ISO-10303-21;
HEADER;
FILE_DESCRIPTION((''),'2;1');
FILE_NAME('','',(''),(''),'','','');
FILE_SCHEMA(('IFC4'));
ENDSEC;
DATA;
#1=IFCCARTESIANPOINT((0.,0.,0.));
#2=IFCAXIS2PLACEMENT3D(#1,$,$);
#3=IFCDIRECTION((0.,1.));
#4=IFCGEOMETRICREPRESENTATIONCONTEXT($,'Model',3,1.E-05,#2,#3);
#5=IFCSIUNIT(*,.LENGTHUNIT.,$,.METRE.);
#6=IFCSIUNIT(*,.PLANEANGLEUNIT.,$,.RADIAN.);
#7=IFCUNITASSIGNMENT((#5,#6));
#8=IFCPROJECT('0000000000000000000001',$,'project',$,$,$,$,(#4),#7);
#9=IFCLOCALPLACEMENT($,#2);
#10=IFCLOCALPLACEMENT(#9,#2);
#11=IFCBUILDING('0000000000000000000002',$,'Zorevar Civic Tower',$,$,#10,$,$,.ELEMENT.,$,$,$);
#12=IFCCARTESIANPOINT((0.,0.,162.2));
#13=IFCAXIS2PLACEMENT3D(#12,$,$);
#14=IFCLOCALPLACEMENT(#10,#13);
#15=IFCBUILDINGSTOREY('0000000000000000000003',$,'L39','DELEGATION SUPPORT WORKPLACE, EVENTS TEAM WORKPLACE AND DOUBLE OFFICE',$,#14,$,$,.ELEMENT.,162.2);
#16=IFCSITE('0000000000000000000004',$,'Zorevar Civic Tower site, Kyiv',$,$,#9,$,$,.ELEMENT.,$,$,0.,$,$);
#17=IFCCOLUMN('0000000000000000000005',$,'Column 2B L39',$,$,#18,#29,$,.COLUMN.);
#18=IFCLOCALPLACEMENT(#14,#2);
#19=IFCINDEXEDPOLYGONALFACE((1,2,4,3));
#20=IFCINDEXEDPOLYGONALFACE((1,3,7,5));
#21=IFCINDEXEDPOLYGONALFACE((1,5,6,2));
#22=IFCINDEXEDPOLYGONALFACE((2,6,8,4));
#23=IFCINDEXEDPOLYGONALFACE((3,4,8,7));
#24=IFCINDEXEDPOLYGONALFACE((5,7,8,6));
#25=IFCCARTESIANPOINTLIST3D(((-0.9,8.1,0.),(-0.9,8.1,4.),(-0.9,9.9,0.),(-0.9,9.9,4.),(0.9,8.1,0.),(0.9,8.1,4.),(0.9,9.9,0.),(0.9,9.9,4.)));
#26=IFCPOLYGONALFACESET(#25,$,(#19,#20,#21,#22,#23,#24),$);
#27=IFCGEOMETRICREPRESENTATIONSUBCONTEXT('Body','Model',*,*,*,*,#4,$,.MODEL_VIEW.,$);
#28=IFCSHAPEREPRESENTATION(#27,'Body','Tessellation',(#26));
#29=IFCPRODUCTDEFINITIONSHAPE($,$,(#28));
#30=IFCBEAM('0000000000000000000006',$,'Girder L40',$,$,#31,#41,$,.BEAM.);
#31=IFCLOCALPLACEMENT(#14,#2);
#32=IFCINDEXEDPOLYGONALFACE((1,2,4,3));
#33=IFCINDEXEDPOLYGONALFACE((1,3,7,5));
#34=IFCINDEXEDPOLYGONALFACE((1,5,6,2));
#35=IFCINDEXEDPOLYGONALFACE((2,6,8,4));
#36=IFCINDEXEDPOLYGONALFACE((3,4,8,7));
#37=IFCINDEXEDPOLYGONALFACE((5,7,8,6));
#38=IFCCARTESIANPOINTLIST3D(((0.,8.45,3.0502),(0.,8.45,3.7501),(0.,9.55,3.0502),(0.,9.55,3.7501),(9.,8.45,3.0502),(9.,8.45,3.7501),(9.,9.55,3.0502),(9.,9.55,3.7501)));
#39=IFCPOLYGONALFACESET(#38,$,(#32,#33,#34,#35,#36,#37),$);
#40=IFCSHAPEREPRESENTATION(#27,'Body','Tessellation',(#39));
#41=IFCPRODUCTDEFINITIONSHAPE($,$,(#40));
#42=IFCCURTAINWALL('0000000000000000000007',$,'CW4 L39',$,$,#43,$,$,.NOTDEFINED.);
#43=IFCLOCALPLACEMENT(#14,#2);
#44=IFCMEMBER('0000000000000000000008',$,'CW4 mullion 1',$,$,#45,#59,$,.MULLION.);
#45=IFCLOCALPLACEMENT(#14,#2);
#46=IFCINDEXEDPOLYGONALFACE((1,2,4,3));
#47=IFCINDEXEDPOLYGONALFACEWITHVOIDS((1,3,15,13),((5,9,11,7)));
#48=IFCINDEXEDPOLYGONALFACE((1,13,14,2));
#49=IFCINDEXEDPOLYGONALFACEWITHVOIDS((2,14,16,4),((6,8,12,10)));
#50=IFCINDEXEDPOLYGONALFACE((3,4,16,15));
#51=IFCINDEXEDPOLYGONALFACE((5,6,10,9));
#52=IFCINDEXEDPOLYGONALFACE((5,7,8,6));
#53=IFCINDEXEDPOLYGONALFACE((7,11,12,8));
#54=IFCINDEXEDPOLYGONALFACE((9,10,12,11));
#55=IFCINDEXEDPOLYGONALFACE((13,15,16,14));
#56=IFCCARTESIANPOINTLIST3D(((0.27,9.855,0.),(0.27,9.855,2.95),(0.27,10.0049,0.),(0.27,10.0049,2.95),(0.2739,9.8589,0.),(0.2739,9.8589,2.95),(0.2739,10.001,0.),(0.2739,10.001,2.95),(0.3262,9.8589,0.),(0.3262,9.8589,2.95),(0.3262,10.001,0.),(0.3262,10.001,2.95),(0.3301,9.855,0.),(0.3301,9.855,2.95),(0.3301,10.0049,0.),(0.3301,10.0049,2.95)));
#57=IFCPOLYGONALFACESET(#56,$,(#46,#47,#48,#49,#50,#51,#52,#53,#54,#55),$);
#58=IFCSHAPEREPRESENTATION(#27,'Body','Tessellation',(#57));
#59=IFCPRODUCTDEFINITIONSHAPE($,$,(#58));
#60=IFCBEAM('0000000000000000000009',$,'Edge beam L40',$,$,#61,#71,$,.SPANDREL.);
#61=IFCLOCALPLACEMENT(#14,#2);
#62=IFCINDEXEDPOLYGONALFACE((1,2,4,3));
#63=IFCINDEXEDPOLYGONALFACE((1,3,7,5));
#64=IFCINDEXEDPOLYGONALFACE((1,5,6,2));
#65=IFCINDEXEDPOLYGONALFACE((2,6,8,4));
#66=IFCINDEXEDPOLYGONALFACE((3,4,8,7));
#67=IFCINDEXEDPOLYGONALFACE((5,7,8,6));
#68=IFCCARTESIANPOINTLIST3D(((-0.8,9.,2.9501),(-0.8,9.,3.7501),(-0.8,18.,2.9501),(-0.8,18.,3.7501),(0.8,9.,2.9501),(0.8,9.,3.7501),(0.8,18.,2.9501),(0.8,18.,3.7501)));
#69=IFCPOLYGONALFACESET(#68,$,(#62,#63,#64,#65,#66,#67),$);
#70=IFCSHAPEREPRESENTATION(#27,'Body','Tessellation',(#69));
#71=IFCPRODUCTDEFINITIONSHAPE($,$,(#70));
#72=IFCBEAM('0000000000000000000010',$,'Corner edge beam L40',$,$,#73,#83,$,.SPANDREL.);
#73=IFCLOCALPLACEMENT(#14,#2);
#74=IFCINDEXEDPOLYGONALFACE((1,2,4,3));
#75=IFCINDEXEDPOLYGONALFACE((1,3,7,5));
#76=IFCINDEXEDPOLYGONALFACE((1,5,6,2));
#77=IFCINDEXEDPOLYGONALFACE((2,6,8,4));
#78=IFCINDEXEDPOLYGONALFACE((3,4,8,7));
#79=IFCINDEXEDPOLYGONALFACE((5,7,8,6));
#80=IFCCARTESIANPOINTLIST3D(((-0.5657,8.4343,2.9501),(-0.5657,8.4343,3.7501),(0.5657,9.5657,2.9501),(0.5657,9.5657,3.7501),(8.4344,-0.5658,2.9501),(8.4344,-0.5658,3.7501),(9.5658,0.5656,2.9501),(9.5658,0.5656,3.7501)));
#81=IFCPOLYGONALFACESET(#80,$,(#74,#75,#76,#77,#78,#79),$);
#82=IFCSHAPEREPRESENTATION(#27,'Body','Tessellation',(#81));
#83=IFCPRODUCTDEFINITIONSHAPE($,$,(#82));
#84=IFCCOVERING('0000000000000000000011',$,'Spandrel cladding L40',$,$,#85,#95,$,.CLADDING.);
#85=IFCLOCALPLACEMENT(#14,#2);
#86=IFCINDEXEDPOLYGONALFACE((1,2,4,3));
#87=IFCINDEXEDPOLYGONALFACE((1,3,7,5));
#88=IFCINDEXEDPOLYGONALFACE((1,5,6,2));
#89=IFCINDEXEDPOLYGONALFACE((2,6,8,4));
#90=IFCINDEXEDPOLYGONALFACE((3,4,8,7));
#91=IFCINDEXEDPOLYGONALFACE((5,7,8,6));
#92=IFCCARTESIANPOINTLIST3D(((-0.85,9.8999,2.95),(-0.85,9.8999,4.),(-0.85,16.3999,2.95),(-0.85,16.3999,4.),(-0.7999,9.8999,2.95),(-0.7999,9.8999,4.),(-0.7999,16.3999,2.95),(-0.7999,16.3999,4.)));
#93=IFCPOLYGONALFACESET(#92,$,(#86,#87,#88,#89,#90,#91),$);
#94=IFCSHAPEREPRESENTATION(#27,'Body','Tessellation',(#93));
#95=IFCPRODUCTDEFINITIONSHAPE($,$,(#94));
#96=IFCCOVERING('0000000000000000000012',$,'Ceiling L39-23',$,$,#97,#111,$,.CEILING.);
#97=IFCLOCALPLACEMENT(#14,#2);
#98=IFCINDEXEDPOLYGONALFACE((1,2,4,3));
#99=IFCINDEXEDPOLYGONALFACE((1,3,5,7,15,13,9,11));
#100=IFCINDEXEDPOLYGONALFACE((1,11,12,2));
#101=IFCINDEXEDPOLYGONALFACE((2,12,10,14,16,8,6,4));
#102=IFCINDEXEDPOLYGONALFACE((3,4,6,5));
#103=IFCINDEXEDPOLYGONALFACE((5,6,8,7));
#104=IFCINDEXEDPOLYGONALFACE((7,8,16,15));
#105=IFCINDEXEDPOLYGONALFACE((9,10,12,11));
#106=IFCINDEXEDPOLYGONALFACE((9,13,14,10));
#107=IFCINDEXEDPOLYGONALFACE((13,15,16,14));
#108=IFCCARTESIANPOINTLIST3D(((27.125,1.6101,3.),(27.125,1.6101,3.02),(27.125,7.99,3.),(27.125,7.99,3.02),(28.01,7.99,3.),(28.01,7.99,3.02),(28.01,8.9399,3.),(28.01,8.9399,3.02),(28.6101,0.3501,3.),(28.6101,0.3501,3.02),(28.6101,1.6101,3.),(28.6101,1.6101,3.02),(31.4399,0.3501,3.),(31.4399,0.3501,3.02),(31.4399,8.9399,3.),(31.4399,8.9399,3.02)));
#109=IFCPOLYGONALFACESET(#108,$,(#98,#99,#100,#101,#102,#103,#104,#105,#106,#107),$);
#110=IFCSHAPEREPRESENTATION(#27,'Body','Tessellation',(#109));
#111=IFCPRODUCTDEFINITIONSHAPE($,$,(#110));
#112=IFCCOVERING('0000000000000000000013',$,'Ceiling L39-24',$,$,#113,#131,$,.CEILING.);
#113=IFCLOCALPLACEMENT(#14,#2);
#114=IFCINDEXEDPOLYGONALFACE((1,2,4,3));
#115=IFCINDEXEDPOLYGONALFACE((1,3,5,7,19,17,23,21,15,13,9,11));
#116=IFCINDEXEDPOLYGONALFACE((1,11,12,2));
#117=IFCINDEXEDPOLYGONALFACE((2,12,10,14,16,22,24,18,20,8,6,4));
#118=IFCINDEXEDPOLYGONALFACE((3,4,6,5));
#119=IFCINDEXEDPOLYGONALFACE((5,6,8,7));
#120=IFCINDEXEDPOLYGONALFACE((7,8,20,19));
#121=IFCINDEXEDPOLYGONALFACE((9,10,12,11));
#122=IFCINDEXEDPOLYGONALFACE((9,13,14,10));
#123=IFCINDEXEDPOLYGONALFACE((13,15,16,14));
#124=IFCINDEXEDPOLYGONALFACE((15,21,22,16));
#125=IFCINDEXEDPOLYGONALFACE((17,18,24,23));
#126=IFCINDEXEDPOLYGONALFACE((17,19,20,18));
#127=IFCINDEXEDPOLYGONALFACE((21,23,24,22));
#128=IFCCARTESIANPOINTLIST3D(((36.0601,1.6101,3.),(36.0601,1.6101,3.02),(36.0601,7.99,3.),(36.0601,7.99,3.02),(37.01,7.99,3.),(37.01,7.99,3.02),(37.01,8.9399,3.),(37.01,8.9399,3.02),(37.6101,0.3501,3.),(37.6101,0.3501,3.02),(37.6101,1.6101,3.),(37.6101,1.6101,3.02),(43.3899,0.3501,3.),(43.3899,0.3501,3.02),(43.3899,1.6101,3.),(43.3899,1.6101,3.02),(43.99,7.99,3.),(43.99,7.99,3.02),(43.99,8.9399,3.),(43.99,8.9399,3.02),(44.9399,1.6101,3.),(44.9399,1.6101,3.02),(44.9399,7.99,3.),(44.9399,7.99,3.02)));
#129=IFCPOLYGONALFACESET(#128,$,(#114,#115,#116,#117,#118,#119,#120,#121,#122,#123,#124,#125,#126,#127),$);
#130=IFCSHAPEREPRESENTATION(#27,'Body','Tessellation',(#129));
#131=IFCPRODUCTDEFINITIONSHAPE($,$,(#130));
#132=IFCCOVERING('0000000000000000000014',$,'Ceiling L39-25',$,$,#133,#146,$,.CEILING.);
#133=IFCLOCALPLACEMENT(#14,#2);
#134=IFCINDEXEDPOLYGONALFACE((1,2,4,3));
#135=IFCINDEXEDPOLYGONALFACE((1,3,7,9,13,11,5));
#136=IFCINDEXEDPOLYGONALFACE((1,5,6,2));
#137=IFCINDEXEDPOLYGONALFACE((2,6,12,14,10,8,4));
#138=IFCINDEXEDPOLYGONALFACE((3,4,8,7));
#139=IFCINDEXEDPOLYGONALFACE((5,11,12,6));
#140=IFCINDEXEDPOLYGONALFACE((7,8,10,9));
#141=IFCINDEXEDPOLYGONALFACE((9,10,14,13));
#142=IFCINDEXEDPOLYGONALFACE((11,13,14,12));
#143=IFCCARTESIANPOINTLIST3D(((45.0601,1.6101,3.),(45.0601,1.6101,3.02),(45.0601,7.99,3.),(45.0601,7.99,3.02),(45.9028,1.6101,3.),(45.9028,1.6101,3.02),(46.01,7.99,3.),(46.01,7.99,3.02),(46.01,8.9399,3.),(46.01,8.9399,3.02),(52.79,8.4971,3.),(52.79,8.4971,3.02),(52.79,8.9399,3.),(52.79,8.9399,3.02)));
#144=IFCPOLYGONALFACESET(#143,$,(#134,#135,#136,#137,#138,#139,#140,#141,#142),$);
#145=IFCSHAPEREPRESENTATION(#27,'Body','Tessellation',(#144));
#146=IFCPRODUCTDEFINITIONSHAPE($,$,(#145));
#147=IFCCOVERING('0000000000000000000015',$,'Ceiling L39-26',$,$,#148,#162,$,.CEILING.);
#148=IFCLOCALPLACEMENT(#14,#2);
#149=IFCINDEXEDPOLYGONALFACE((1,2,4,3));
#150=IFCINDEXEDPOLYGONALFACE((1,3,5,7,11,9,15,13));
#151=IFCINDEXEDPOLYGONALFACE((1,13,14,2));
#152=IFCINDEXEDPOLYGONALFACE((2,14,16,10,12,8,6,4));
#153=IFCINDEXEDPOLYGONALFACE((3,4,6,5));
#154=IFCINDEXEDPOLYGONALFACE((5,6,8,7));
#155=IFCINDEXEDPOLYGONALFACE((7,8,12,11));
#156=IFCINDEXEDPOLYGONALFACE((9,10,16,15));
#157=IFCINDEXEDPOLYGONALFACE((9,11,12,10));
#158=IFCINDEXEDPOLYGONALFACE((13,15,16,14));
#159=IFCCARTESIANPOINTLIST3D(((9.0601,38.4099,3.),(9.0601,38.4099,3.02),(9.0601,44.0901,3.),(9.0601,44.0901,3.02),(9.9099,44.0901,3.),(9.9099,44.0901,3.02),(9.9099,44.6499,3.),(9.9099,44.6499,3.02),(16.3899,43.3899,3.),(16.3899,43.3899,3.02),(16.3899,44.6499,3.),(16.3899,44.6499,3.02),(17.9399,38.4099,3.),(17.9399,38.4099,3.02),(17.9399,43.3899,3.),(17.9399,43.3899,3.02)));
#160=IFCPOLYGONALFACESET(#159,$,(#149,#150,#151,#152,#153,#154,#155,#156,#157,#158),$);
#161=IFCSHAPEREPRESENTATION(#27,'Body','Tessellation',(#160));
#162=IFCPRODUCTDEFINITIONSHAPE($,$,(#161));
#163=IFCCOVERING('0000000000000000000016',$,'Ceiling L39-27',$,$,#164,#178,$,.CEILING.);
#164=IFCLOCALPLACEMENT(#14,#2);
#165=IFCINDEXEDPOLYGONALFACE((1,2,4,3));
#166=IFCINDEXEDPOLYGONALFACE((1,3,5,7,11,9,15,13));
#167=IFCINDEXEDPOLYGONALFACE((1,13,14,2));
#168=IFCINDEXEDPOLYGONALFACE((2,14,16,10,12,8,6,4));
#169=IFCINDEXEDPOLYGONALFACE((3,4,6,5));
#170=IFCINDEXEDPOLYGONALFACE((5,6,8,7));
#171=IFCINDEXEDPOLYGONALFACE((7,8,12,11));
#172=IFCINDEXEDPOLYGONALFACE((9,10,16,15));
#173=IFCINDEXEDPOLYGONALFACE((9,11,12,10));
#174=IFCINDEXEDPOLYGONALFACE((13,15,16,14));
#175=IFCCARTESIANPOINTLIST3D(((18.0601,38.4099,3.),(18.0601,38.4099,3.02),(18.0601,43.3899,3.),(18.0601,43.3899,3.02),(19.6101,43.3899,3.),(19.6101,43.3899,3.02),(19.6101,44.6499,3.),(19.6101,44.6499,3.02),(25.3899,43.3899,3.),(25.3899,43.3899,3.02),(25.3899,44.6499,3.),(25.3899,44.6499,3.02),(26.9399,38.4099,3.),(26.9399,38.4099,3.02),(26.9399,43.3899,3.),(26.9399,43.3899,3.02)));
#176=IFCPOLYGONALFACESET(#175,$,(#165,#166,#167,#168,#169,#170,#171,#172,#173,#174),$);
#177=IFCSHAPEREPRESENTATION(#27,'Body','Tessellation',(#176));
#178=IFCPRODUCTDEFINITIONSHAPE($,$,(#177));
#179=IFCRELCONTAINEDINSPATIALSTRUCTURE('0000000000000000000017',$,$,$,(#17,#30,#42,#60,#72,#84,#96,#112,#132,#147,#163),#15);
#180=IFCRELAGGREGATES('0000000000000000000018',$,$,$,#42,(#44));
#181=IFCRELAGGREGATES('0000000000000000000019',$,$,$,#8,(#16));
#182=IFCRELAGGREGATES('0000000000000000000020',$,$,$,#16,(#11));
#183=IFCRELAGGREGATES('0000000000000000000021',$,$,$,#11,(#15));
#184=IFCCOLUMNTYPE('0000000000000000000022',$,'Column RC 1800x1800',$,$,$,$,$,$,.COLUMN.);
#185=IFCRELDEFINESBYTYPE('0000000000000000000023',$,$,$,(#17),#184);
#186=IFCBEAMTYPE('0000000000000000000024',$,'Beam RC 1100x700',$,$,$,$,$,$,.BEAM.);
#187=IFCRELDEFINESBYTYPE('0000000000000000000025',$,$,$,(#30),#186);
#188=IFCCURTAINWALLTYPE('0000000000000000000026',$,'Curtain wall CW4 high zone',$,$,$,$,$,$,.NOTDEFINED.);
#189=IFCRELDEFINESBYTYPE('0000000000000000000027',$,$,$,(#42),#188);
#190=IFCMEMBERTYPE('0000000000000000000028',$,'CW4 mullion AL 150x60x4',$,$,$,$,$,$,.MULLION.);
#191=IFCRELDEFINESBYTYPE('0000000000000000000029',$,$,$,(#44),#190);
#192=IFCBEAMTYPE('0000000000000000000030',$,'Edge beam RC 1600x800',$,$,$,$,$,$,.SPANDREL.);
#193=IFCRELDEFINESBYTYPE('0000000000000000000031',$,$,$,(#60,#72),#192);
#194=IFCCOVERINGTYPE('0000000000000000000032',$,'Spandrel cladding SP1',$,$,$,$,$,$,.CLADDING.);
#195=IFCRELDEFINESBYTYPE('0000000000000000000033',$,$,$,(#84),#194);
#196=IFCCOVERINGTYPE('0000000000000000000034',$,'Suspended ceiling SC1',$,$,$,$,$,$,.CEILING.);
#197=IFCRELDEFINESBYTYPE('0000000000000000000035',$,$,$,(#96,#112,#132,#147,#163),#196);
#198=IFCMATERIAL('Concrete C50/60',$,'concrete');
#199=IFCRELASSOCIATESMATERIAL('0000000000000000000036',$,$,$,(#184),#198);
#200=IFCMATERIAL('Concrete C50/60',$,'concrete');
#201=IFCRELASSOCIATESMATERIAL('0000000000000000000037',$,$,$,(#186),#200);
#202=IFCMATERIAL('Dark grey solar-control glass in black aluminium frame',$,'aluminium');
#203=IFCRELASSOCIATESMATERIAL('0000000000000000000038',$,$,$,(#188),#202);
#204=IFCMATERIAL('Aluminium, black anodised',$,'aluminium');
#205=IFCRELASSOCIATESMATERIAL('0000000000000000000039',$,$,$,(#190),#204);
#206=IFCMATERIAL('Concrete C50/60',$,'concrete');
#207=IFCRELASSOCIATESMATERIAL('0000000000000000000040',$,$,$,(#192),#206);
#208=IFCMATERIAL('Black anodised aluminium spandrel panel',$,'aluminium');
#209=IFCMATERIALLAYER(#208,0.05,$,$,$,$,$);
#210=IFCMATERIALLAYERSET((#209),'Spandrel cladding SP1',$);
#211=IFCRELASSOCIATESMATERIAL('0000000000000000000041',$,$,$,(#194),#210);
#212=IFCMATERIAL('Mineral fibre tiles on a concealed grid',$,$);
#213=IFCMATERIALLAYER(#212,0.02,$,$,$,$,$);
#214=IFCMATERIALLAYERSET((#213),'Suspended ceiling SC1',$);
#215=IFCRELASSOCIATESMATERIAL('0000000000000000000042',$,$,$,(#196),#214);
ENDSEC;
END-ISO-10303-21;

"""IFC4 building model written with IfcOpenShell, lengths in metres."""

from ifc_helpers import new_model, si_unit, direction, frame, frame_2d, origin, origin_2d, place, context, subcontext, project, spatial, polyline, rectangle, hollow_rectangle, outline, extrude, material, layer, layer_set, material_profile, profile_set, type_object, element, aggregate, save


model = new_model("IFC4")

# Units and contexts
model_context = context("Model", 3, precision=1e-05, world=origin(), true_north=direction((0.0, 1.0)))
body_context = subcontext(model_context, "Body", "Model", "MODEL_VIEW")
ifc_project = project(units=[si_unit("LENGTHUNIT", "METRE"), si_unit("PLANEANGLEUNIT", "RADIAN")], contexts=[model_context])

# Site, building, storey
site_placement = place(None, origin())
site = spatial("IfcSite", under=ifc_project, at=site_placement, Name="Zorevar Civic Tower site, Kyiv", CompositionType="ELEMENT", RefElevation=0.0)
building_placement = place(site_placement, origin())
building = spatial("IfcBuilding", under=site, at=building_placement, Name="Zorevar Civic Tower", CompositionType="ELEMENT")
storey_placement = place(building_placement, frame((0.0, 0.0, 162.2)))
storey = spatial("IfcBuildingStorey", under=building, at=storey_placement, Name="L39", Description="DELEGATION SUPPORT WORKPLACE, EVENTS TEAM WORKPLACE AND DOUBLE OFFICE", CompositionType="ELEMENT", Elevation=162.2)

# Column
ifc_material_1 = material(Name="Concrete C50/60", Category="concrete")
ifc_material_profile_1 = material_profile(ifc_material_1, rectangle(XDim=1.8, YDim=1.8, at=origin_2d()), Name="RC 1800x1800")
ifc_profile_set_1 = profile_set([ifc_material_profile_1], Name="Concrete C50/60")
column_type = type_object("IfcColumnType", Name="Column RC 1800x1800", PredefinedType="COLUMN", material=ifc_profile_set_1)
column_placement = place(storey_placement, frame((0.0, 9.0, 0.0), z_axis=(0.0, 0.0, 1.0), x_axis=(1.0, 0.0, 0.0)))
element("IfcColumn", 1, at=column_placement, inside=storey, type_object=column_type, Name="Column 2B L39", PredefinedType="COLUMN", context=body_context, shape_type="SweptSolid", body=[
    extrude(rectangle(XDim=1.8, YDim=1.8, at=origin_2d()), origin(), (0.0, 0.0, 1.0), 4.0),
])

# Beam
ifc_material_2 = material(Name="Concrete C50/60", Category="concrete")
ifc_material_profile_2 = material_profile(ifc_material_2, rectangle(XDim=1.1001, YDim=0.7, at=origin_2d()), Name="RC 1100x700")
ifc_profile_set_2 = profile_set([ifc_material_profile_2], Name="Concrete C50/60")
beam_type_1 = type_object("IfcBeamType", Name="Beam RC 1100x700", PredefinedType="BEAM", material=ifc_profile_set_2)
beam_1_placement = place(storey_placement, frame((0.0, 9.0, 3.4001), z_axis=(1.0, 0.0, 0.0), x_axis=(0.0, 1.0, 0.0)))
element("IfcBeam", 2, at=beam_1_placement, inside=storey, type_object=beam_type_1, Name="Girder L40", PredefinedType="BEAM", context=body_context, shape_type="SweptSolid", body=[
    extrude(rectangle(XDim=1.1001, YDim=0.7, at=origin_2d()), origin(), (0.0, 0.0, 1.0), 9.0),
])

# Curtain wall, member
ifc_material_3 = material(Name="Dark grey solar-control glass in black aluminium frame", Category="aluminium")
curtain_wall_type = type_object("IfcCurtainWallType", Name="Curtain wall CW4 high zone", PredefinedType="NOTDEFINED", material=ifc_material_3)
curtain_wall_placement = place(storey_placement, origin())
curtain_wall = element("IfcCurtainWall", 3, at=curtain_wall_placement, inside=storey, type_object=curtain_wall_type, Name="CW4 L39", PredefinedType="NOTDEFINED")
ifc_material_4 = material(Name="Aluminium, black anodised", Category="aluminium")
ifc_material_profile_3 = material_profile(ifc_material_4, hollow_rectangle(XDim=0.0601, YDim=0.1499, WallThickness=0.0039, at=origin_2d()), Name="AL 150x60x4")
ifc_profile_set_3 = profile_set([ifc_material_profile_3], Name="Aluminium, black anodised")
member_type = type_object("IfcMemberType", Name="CW4 mullion AL 150x60x4", PredefinedType="MULLION", material=ifc_profile_set_3)
member_placement = place(storey_placement, frame((0.3, 9.9299, 0.0), z_axis=(0.0, 0.0, 1.0), x_axis=(-1.0, 0.0, 0.0)))
member = element("IfcMember", 4, at=member_placement, type_object=member_type, Name="CW4 mullion 1", PredefinedType="MULLION", context=body_context, shape_type="SweptSolid", body=[
    extrude(hollow_rectangle(XDim=0.0601, YDim=0.1499, WallThickness=0.0039, at=origin_2d()), origin(), (0.0, 0.0, 1.0), 2.95),
])
aggregate(curtain_wall, [member])

# Beams
ifc_material_5 = material(Name="Concrete C50/60", Category="concrete")
ifc_material_profile_4 = material_profile(ifc_material_5, rectangle(XDim=1.6001, YDim=0.8, at=origin_2d()), Name="RC 1600x800")
ifc_profile_set_4 = profile_set([ifc_material_profile_4], Name="Concrete C50/60")
beam_type_2 = type_object("IfcBeamType", Name="Edge beam RC 1600x800", PredefinedType="SPANDREL", material=ifc_profile_set_4)
beam_2_placement = place(storey_placement, frame((0.0, 9.0, 3.3501), z_axis=(0.0, 1.0, 0.0), x_axis=(-1.0, 0.0, 0.0)))
element("IfcBeam", 5, at=beam_2_placement, inside=storey, type_object=beam_type_2, Name="Edge beam L40", PredefinedType="SPANDREL", context=body_context, shape_type="SweptSolid", body=[
    extrude(rectangle(XDim=1.6001, YDim=0.8, at=origin_2d()), origin(), (0.0, 0.0, 1.0), 9.0),
])
beam_3_placement = place(storey_placement, frame((0.0, 9.0, 3.3501), z_axis=(0.707107, -0.707107, 0.0), x_axis=(0.707107, 0.707107, 0.0)))
element("IfcBeam", 6, at=beam_3_placement, inside=storey, type_object=beam_type_2, Name="Corner edge beam L40", PredefinedType="SPANDREL", context=body_context, shape_type="SweptSolid", body=[
    extrude(rectangle(XDim=1.6001, YDim=0.8, at=origin_2d()), origin(), (0.0, 0.0, 1.0), 12.728),
])

# Coverings
ifc_material_6 = material(Name="Black anodised aluminium spandrel panel", Category="aluminium")
ifc_layer_1 = layer(ifc_material_6, 0.05)
ifc_layer_set_1 = layer_set([ifc_layer_1], Name="Spandrel cladding SP1")
covering_type_1 = type_object("IfcCoveringType", Name="Spandrel cladding SP1", PredefinedType="CLADDING", material=ifc_layer_set_1)
covering_1_placement = place(storey_placement, frame((-0.825, 9.8999, 2.95), z_axis=(0.0, 0.0, 1.0), x_axis=(0.0, 1.0, 0.0)))
element("IfcCovering", 7, at=covering_1_placement, inside=storey, type_object=covering_type_1, Name="Spandrel cladding L40", PredefinedType="CLADDING", context=body_context, shape_type="SweptSolid", body=[
    extrude(rectangle(XDim=6.5, YDim=0.05, at=frame_2d((3.25, 0.0))), origin(), (0.0, 0.0, 1.0), 1.05),
])
ifc_material_7 = material(Name="Mineral fibre tiles on a concealed grid")
ifc_layer_2 = layer(ifc_material_7, 0.02)
ifc_layer_set_2 = layer_set([ifc_layer_2], Name="Suspended ceiling SC1")
covering_type_2 = type_object("IfcCoveringType", Name="Suspended ceiling SC1", PredefinedType="CEILING", material=ifc_layer_set_2)
covering_2_placement = place(storey_placement, frame((0.0, 0.0, 3.0)))
element("IfcCovering", 8, at=covering_2_placement, inside=storey, type_object=covering_type_2, Name="Ceiling L39-23", PredefinedType="CEILING", context=body_context, shape_type="SweptSolid", body=[
    extrude(outline(polyline([(28.6101, 0.3501), (28.6101, 1.6101), (27.125, 1.6101), (27.125, 7.99), (28.01, 7.99), (28.01, 8.9399), (31.4399, 8.9399), (31.4399, 0.3501), (28.6101, 0.3501)])), origin(), (0.0, 0.0, 1.0), 0.02),
])
covering_3_placement = place(storey_placement, frame((0.0, 0.0, 3.0)))
element("IfcCovering", 9, at=covering_3_placement, inside=storey, type_object=covering_type_2, Name="Ceiling L39-24", PredefinedType="CEILING", context=body_context, shape_type="SweptSolid", body=[
    extrude(outline(polyline([(36.0601, 1.6101), (36.0601, 7.99), (37.01, 7.99), (37.01, 8.9399), (43.99, 8.9399), (43.99, 7.99), (44.9399, 7.99), (44.9399, 1.6101), (43.3899, 1.6101), (43.3899, 0.3501), (37.6101, 0.3501), (37.6101, 1.6101), (36.0601, 1.6101)])), origin(), (0.0, 0.0, 1.0), 0.02),
])
covering_4_placement = place(storey_placement, frame((0.0, 0.0, 3.0)))
element("IfcCovering", 10, at=covering_4_placement, inside=storey, type_object=covering_type_2, Name="Ceiling L39-25", PredefinedType="CEILING", context=body_context, shape_type="SweptSolid", body=[
    extrude(outline(polyline([(45.0601, 1.6101), (45.0601, 7.99), (46.01, 7.99), (46.01, 8.9399), (52.79, 8.9399), (52.79, 8.4971), (45.9028, 1.6101), (45.0601, 1.6101)])), origin(), (0.0, 0.0, 1.0), 0.02),
])
covering_5_placement = place(storey_placement, frame((0.0, 0.0, 3.0)))
element("IfcCovering", 11, at=covering_5_placement, inside=storey, type_object=covering_type_2, Name="Ceiling L39-26", PredefinedType="CEILING", context=body_context, shape_type="SweptSolid", body=[
    extrude(outline(polyline([(9.9099, 44.0901), (9.9099, 44.6499), (16.3899, 44.6499), (16.3899, 43.3899), (17.9399, 43.3899), (17.9399, 38.4099), (9.0601, 38.4099), (9.0601, 44.0901), (9.9099, 44.0901)])), origin(), (0.0, 0.0, 1.0), 0.02),
])
covering_6_placement = place(storey_placement, frame((0.0, 0.0, 3.0)))
element("IfcCovering", 12, at=covering_6_placement, inside=storey, type_object=covering_type_2, Name="Ceiling L39-27", PredefinedType="CEILING", context=body_context, shape_type="SweptSolid", body=[
    extrude(outline(polyline([(19.6101, 43.3899), (19.6101, 44.6499), (25.3899, 44.6499), (25.3899, 43.3899), (26.9399, 43.3899), (26.9399, 38.4099), (18.0601, 38.4099), (18.0601, 43.3899), (19.6101, 43.3899)])), origin(), (0.0, 0.0, 1.0), 0.02),
])

save(model, "model.ifc")
